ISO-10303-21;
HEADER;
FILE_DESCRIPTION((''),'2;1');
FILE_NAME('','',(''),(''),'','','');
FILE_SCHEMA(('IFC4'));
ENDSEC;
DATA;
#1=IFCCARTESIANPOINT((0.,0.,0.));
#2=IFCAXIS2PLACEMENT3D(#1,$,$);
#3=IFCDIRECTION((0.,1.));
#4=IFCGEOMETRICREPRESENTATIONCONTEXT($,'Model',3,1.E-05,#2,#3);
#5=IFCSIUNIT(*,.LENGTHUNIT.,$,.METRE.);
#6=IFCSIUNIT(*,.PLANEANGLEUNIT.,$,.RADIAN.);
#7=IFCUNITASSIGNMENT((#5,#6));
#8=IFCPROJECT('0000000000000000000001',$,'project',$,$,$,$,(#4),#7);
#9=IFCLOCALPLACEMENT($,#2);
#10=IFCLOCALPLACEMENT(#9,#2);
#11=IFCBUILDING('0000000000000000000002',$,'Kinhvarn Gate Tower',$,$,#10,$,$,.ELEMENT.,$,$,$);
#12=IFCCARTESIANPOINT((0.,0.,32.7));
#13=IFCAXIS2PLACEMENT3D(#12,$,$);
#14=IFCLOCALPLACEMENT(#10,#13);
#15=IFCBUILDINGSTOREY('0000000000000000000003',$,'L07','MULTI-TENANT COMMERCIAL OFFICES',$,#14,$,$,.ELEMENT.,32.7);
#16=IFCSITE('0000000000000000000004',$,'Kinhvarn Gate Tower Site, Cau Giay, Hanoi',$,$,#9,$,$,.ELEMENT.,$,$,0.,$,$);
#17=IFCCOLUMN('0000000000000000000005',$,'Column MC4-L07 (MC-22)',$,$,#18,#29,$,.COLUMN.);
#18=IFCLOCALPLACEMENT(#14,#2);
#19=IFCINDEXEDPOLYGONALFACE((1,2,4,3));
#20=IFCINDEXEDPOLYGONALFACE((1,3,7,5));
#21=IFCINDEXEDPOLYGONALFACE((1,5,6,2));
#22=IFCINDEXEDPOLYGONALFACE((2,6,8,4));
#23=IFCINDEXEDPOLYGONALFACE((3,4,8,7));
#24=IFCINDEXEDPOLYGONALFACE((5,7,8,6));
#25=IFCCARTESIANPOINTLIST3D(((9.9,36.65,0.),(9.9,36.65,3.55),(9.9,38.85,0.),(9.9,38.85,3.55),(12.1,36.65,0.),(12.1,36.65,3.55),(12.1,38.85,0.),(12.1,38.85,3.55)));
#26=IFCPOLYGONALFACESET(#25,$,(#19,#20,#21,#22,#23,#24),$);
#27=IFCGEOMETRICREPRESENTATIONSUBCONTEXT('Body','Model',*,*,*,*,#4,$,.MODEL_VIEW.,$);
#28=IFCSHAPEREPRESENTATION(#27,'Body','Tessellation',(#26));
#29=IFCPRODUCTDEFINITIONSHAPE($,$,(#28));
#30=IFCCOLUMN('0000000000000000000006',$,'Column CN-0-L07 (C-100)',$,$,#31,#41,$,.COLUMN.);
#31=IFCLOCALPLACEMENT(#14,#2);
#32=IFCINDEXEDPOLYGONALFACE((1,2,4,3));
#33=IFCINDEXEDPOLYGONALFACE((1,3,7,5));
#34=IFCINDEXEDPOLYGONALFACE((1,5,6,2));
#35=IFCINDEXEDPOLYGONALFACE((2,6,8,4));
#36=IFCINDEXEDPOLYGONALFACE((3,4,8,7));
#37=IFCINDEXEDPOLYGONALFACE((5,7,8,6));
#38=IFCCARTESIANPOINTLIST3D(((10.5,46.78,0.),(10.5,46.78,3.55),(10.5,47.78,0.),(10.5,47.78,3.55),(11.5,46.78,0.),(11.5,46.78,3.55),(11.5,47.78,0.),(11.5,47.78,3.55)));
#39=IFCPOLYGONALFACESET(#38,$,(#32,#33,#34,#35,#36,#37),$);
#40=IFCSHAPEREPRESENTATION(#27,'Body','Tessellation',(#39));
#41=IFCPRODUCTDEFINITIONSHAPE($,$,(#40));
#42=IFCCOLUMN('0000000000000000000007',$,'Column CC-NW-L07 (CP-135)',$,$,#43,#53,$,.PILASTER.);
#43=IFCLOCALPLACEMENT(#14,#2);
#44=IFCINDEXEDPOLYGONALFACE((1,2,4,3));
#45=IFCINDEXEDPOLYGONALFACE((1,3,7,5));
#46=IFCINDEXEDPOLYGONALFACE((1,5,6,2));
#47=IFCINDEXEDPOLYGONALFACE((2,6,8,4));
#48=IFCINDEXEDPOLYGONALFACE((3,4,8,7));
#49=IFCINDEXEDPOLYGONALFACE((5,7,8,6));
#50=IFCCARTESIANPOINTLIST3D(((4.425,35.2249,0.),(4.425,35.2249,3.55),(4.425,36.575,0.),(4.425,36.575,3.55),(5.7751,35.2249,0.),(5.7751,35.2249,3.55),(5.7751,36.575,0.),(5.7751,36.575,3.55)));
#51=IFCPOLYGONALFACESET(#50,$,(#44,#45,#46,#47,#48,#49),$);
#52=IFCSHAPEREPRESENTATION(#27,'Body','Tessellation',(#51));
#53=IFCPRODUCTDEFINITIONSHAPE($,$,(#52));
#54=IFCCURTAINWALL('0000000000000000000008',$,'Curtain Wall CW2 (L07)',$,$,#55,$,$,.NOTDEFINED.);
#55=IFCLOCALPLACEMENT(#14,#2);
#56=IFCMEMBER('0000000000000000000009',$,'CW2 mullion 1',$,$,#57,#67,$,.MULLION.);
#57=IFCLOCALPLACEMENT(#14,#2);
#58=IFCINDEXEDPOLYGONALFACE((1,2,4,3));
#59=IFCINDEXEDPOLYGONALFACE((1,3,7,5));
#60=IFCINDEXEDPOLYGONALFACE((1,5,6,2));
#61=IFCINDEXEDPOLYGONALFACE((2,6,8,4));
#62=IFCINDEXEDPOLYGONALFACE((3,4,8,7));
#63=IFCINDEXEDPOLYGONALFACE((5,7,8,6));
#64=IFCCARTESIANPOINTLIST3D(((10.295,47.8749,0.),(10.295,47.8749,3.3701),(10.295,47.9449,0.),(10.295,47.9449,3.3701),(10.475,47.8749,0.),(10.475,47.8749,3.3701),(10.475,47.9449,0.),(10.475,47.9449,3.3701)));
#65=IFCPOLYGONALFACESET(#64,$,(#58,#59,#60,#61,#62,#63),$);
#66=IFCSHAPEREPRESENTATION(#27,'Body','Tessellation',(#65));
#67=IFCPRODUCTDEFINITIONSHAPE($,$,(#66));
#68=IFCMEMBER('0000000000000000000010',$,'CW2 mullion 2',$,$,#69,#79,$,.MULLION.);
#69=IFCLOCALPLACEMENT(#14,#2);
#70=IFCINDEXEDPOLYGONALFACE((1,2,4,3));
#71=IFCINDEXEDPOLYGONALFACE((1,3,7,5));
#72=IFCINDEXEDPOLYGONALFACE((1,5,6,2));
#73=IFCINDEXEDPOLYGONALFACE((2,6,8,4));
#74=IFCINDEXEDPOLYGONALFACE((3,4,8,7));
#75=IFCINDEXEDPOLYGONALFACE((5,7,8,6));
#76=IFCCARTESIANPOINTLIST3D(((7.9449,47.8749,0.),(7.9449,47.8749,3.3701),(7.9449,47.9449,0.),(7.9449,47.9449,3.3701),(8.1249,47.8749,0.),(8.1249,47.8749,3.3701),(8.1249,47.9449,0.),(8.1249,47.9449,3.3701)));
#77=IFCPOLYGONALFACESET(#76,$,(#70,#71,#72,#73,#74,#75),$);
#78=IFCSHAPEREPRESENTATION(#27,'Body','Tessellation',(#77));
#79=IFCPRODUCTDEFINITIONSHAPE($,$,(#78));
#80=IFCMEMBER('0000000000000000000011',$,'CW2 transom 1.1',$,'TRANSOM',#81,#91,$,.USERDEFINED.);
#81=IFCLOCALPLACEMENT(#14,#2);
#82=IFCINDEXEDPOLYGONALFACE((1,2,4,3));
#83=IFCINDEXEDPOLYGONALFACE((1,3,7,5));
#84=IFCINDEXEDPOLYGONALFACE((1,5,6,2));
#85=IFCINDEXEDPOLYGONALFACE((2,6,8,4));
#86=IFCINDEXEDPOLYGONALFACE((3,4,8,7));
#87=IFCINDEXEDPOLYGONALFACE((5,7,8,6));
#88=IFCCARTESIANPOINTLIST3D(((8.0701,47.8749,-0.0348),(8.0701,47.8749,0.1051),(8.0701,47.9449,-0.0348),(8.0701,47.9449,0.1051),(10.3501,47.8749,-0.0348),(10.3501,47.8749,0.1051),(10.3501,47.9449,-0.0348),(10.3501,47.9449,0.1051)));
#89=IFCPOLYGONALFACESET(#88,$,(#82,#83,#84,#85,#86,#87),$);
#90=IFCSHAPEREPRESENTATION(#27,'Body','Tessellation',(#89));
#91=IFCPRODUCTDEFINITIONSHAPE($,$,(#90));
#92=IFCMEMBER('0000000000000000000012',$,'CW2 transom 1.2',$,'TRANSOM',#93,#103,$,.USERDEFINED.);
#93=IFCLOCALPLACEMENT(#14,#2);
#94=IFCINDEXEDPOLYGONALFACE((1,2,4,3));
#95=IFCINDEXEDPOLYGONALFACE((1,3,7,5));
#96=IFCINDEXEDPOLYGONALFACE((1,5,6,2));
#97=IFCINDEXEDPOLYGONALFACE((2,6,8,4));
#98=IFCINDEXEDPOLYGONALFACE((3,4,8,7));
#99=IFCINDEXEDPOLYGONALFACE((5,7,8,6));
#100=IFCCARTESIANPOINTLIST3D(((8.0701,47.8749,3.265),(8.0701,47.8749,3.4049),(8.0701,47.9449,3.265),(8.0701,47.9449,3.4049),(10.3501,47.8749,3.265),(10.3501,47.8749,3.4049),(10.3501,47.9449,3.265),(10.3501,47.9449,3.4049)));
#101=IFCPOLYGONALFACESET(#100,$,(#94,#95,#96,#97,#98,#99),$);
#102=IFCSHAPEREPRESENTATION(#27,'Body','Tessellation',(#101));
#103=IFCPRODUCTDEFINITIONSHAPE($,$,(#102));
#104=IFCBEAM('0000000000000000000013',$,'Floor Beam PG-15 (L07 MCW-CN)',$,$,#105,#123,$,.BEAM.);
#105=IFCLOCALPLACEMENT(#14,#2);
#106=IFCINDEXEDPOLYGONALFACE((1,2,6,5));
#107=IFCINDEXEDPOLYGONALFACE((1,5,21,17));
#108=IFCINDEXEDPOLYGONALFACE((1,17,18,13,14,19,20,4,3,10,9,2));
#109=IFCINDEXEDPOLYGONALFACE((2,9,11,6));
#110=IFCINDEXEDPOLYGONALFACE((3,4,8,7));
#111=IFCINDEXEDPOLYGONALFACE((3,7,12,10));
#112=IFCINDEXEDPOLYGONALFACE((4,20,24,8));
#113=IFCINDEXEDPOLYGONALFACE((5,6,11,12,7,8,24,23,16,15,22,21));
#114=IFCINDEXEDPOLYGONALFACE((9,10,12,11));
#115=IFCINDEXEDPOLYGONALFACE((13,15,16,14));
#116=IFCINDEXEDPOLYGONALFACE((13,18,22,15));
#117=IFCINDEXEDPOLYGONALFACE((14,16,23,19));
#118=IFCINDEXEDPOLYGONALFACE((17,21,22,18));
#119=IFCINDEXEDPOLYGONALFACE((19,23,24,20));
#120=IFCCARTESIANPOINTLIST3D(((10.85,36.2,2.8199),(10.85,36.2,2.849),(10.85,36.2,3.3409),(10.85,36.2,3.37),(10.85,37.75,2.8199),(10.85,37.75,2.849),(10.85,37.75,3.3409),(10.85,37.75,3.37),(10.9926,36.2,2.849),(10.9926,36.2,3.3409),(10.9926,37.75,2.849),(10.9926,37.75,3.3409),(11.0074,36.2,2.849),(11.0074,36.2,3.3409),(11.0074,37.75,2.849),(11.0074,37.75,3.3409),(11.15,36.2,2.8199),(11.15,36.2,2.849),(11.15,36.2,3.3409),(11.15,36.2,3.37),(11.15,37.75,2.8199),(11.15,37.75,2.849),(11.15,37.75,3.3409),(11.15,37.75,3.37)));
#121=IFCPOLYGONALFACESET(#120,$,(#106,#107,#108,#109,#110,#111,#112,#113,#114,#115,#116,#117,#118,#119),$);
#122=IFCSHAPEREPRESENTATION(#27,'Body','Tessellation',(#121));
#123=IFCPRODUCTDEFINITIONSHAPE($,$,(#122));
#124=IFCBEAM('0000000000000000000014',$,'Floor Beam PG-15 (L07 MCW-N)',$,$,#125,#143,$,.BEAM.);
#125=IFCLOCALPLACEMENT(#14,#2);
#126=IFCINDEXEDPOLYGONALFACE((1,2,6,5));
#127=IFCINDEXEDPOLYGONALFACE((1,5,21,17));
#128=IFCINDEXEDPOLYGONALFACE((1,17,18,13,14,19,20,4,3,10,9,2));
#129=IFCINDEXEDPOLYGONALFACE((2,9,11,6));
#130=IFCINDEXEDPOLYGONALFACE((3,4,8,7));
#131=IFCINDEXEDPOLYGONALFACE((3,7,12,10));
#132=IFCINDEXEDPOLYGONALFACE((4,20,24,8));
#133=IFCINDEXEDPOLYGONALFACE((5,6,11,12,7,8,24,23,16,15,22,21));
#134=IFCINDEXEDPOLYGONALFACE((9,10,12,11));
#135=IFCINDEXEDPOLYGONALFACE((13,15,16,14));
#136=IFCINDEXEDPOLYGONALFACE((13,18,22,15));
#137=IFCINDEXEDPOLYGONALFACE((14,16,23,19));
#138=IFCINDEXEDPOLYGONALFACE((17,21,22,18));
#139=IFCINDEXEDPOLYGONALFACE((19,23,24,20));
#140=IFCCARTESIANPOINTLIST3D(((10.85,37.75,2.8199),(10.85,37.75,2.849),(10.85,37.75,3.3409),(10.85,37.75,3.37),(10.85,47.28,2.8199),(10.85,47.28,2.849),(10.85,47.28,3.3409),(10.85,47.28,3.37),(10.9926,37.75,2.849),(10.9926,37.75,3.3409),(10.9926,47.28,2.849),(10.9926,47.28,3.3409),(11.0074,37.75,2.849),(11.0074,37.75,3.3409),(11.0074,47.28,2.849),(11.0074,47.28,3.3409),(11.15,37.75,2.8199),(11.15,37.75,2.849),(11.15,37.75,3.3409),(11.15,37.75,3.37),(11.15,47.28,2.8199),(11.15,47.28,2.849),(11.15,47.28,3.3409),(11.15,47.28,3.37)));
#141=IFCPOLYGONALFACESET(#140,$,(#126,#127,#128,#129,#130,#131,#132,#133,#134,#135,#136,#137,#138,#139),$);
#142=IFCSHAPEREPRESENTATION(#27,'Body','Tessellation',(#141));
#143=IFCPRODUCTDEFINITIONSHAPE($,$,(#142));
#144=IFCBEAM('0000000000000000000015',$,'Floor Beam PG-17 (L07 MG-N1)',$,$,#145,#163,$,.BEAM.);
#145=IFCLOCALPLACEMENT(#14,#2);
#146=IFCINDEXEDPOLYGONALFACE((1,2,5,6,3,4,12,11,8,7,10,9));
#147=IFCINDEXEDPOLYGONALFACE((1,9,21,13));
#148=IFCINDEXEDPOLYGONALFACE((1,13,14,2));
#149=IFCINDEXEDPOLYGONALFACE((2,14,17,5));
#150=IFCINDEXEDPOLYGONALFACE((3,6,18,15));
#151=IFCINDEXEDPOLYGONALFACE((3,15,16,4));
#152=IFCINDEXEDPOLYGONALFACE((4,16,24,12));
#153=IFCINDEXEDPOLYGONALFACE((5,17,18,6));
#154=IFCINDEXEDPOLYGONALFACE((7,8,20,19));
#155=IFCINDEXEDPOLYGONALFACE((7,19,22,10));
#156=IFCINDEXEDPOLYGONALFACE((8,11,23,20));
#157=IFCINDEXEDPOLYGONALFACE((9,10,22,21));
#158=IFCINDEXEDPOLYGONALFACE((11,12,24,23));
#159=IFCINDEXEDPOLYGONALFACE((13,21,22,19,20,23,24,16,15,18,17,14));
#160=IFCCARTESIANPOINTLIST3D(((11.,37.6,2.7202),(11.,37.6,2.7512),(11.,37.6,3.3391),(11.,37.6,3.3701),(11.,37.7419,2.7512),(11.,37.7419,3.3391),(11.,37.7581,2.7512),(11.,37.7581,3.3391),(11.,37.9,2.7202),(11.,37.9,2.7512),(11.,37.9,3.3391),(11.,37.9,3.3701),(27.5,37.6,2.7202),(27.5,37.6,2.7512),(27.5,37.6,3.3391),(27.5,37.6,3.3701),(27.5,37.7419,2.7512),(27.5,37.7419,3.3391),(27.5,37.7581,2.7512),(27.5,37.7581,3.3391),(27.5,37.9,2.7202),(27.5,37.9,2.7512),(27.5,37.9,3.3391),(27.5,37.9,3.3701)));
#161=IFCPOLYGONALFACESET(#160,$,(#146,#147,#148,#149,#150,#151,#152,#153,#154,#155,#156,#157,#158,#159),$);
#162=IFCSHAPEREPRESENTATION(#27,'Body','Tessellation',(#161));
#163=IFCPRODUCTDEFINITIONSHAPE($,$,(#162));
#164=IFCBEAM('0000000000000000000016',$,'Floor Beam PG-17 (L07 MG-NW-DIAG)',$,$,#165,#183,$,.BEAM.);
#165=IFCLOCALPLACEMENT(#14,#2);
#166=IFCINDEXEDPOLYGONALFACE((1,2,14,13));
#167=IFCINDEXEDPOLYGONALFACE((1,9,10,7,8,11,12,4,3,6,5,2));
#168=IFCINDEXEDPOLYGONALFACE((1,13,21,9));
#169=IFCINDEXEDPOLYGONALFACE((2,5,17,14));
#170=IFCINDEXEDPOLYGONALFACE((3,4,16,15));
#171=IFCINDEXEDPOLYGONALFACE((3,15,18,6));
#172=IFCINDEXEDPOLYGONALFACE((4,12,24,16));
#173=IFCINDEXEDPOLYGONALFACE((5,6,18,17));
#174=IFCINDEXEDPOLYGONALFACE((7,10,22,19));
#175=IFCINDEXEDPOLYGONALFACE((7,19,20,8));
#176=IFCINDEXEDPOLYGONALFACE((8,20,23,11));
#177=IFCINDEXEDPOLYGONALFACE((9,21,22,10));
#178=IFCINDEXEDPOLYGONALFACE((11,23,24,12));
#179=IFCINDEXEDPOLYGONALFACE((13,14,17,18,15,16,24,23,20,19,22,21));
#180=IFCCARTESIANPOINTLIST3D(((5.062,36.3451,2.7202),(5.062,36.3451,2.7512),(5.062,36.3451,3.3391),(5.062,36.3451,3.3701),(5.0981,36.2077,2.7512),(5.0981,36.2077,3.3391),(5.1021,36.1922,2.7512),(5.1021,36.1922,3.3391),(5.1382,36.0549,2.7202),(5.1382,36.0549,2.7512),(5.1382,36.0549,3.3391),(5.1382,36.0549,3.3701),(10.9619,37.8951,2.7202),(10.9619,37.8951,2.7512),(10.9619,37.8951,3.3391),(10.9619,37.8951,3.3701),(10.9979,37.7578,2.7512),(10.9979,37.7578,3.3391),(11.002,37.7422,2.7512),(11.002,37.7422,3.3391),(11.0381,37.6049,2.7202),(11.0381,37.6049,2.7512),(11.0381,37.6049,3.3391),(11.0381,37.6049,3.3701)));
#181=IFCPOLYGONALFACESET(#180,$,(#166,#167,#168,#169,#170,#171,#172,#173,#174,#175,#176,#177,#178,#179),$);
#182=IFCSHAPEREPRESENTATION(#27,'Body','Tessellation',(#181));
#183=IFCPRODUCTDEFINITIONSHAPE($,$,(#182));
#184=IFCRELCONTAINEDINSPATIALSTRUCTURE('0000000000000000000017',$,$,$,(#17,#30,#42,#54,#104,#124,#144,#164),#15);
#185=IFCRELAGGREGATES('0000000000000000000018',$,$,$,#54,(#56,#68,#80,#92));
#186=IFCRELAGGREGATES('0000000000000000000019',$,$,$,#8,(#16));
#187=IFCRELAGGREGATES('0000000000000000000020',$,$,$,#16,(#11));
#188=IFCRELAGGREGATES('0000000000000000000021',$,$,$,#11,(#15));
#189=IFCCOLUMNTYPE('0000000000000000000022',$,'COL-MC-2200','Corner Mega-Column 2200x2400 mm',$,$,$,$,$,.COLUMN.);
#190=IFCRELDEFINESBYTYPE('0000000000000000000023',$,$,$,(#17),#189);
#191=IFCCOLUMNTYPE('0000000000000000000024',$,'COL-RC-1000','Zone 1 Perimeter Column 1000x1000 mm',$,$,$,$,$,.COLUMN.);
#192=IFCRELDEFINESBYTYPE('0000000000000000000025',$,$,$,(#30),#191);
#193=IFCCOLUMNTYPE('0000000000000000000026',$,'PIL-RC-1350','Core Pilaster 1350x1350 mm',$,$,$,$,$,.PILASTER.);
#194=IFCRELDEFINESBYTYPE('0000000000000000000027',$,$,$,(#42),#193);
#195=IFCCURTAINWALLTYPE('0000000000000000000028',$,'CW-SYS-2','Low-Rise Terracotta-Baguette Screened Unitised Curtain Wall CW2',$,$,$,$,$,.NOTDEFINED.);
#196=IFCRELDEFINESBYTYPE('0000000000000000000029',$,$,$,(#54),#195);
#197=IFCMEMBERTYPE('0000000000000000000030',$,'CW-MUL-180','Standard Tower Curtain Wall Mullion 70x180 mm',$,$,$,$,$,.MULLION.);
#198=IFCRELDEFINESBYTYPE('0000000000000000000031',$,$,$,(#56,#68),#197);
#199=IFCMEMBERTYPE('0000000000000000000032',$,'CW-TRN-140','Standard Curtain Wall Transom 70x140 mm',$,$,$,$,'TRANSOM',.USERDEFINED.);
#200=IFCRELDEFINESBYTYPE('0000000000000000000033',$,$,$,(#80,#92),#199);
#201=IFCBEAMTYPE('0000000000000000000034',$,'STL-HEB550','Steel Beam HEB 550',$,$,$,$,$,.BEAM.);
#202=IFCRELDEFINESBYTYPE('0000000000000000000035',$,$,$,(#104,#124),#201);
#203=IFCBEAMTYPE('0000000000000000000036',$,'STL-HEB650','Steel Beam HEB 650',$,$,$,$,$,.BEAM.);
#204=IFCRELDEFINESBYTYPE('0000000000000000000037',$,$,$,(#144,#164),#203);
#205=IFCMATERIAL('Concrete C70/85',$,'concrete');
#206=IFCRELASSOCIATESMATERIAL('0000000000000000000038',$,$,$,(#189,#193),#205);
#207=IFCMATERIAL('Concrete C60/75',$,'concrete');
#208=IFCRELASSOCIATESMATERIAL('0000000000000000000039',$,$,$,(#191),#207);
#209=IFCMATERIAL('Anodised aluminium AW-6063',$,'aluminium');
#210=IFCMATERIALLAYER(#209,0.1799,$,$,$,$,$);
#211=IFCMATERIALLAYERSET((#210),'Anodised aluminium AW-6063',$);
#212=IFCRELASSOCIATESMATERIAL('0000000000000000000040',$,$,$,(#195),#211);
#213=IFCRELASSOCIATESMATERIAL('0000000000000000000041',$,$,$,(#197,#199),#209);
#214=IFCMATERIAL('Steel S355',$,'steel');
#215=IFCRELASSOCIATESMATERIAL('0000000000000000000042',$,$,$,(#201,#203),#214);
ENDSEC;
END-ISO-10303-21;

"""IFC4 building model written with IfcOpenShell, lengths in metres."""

from ifc_helpers import new_model, si_unit, direction, frame, origin, origin_2d, place, context, subcontext, project, spatial, rectangle, i_section, extrude, material, layer, layer_set, material_profile, profile_set, type_object, element, aggregate, save


model = new_model("IFC4")

# Units and contexts
model_context = context("Model", 3, precision=1e-05, world=origin(), true_north=direction((0.0, 1.0)))
body_context = subcontext(model_context, "Body", "Model", "MODEL_VIEW")
ifc_project = project(units=[si_unit("LENGTHUNIT", "METRE"), si_unit("PLANEANGLEUNIT", "RADIAN")], contexts=[model_context])

# Site, building, storey
site_placement = place(None, origin())
site = spatial("IfcSite", under=ifc_project, at=site_placement, Name="Kinhvarn Gate Tower Site, Cau Giay, Hanoi", CompositionType="ELEMENT", RefElevation=0.0)
building_placement = place(site_placement, origin())
building = spatial("IfcBuilding", under=site, at=building_placement, Name="Kinhvarn Gate Tower", CompositionType="ELEMENT")
storey_placement = place(building_placement, frame((0.0, 0.0, 32.7)))
storey = spatial("IfcBuildingStorey", under=building, at=storey_placement, Name="L07", Description="MULTI-TENANT COMMERCIAL OFFICES", CompositionType="ELEMENT", Elevation=32.7)

# Columns
ifc_material_1 = material(Name="Concrete C70/85", Category="concrete")
ifc_material_profile_1 = material_profile(ifc_material_1, rectangle(XDim=2.2, YDim=2.2, at=origin_2d()), Name="RC 2200x2200")
ifc_profile_set_1 = profile_set([ifc_material_profile_1], Name="Concrete C70/85")
column_type_1 = type_object("IfcColumnType", Name="COL-MC-2200", Description="Corner Mega-Column 2200x2400 mm", PredefinedType="COLUMN", material=ifc_profile_set_1)
column_1_placement = place(storey_placement, frame((11.0, 37.75, 0.0), z_axis=(0.0, 0.0, 1.0), x_axis=(1.0, 0.0, 0.0)))
element("IfcColumn", 1, at=column_1_placement, inside=storey, type_object=column_type_1, Name="Column MC4-L07 (MC-22)", PredefinedType="COLUMN", context=body_context, shape_type="SweptSolid", body=[
    extrude(rectangle(XDim=2.2, YDim=2.2, at=origin_2d()), origin(), (0.0, 0.0, 1.0), 3.55),
])
ifc_material_2 = material(Name="Concrete C60/75", Category="concrete")
ifc_material_profile_2 = material_profile(ifc_material_2, rectangle(XDim=1.0, YDim=1.0, at=origin_2d()), Name="RC 1000x1000")
ifc_profile_set_2 = profile_set([ifc_material_profile_2], Name="Concrete C60/75")
column_type_2 = type_object("IfcColumnType", Name="COL-RC-1000", Description="Zone 1 Perimeter Column 1000x1000 mm", PredefinedType="COLUMN", material=ifc_profile_set_2)
column_2_placement = place(storey_placement, frame((11.0, 47.28, 0.0), z_axis=(0.0, 0.0, 1.0), x_axis=(1.0, 0.0, 0.0)))
element("IfcColumn", 2, at=column_2_placement, inside=storey, type_object=column_type_2, Name="Column CN-0-L07 (C-100)", PredefinedType="COLUMN", context=body_context, shape_type="SweptSolid", body=[
    extrude(rectangle(XDim=1.0, YDim=1.0, at=origin_2d()), origin(), (0.0, 0.0, 1.0), 3.55),
])
ifc_material_profile_3 = material_profile(ifc_material_1, rectangle(XDim=1.3501, YDim=1.3501, at=origin_2d()), Name="RC 1350x1350")
ifc_profile_set_3 = profile_set([ifc_material_profile_3], Name="Concrete C70/85")
column_type_3 = type_object("IfcColumnType", Name="PIL-RC-1350", Description="Core Pilaster 1350x1350 mm", PredefinedType="PILASTER", material=ifc_profile_set_3)
column_3_placement = place(storey_placement, frame((5.1001, 35.8999, 0.0), z_axis=(0.0, 0.0, 1.0), x_axis=(1.0, 0.0, 0.0)))
element("IfcColumn", 3, at=column_3_placement, inside=storey, type_object=column_type_3, Name="Column CC-NW-L07 (CP-135)", PredefinedType="PILASTER", context=body_context, shape_type="SweptSolid", body=[
    extrude(rectangle(XDim=1.3501, YDim=1.3501, at=origin_2d()), origin(), (0.0, 0.0, 1.0), 3.55),
])

# Curtain wall, members
ifc_material_3 = material(Name="Anodised aluminium AW-6063", Category="aluminium")
ifc_layer_1 = layer(ifc_material_3, 0.1799)
ifc_layer_set_1 = layer_set([ifc_layer_1], Name="Anodised aluminium AW-6063")
curtain_wall_type = type_object("IfcCurtainWallType", Name="CW-SYS-2", Description="Low-Rise Terracotta-Baguette Screened Unitised Curtain Wall CW2", PredefinedType="NOTDEFINED", material=ifc_layer_set_1)
curtain_wall_placement = place(storey_placement, origin())
curtain_wall = element("IfcCurtainWall", 4, at=curtain_wall_placement, inside=storey, type_object=curtain_wall_type, Name="Curtain Wall CW2 (L07)", PredefinedType="NOTDEFINED")
ifc_material_profile_4 = material_profile(ifc_material_3, rectangle(XDim=0.0701, YDim=0.1799, at=origin_2d()), Name="ALU 70x180")
ifc_profile_set_4 = profile_set([ifc_material_profile_4], Name="Anodised aluminium AW-6063")
member_type_1 = type_object("IfcMemberType", Name="CW-MUL-180", Description="Standard Tower Curtain Wall Mullion 70x180 mm", PredefinedType="MULLION", material=ifc_profile_set_4)
member_1_placement = place(storey_placement, frame((10.385, 47.9099, 0.0), z_axis=(0.0, 0.0, 1.0), x_axis=(0.0, -1.0, 0.0)))
member_1 = element("IfcMember", 5, at=member_1_placement, type_object=member_type_1, Name="CW2 mullion 1", PredefinedType="MULLION", context=body_context, shape_type="SweptSolid", body=[
    extrude(rectangle(XDim=0.0701, YDim=0.1799, at=origin_2d()), origin(), (0.0, 0.0, 1.0), 3.3701),
])
member_2_placement = place(storey_placement, frame((8.0349, 47.9099, 0.0), z_axis=(0.0, 0.0, 1.0), x_axis=(0.0, -1.0, 0.0)))
member_2 = element("IfcMember", 6, at=member_2_placement, type_object=member_type_1, Name="CW2 mullion 2", PredefinedType="MULLION", context=body_context, shape_type="SweptSolid", body=[
    extrude(rectangle(XDim=0.0701, YDim=0.1799, at=origin_2d()), origin(), (0.0, 0.0, 1.0), 3.3701),
])
ifc_material_profile_5 = material_profile(ifc_material_3, rectangle(XDim=0.0701, YDim=0.1399, at=origin_2d()), Name="ALU 70x140")
ifc_profile_set_5 = profile_set([ifc_material_profile_5], Name="Anodised aluminium AW-6063")
member_type_2 = type_object("IfcMemberType", Name="CW-TRN-140", Description="Standard Curtain Wall Transom 70x140 mm", ElementType="TRANSOM", PredefinedType="USERDEFINED", material=ifc_profile_set_5)
member_3_placement = place(storey_placement, frame((10.3501, 47.9099, 0.0352), z_axis=(-1.0, 0.0, 0.0), x_axis=(0.0, -1.0, 0.0)))
member_3 = element("IfcMember", 7, at=member_3_placement, type_object=member_type_2, Name="CW2 transom 1.1", ObjectType="TRANSOM", PredefinedType="USERDEFINED", context=body_context, shape_type="SweptSolid", body=[
    extrude(rectangle(XDim=0.0701, YDim=0.1399, at=origin_2d()), origin(), (0.0, 0.0, 1.0), 2.28),
])
member_4_placement = place(storey_placement, frame((10.3501, 47.9099, 3.335), z_axis=(-1.0, 0.0, 0.0), x_axis=(0.0, -1.0, 0.0)))
member_4 = element("IfcMember", 8, at=member_4_placement, type_object=member_type_2, Name="CW2 transom 1.2", ObjectType="TRANSOM", PredefinedType="USERDEFINED", context=body_context, shape_type="SweptSolid", body=[
    extrude(rectangle(XDim=0.0701, YDim=0.1399, at=origin_2d()), origin(), (0.0, 0.0, 1.0), 2.28),
])

# Beams
ifc_material_4 = material(Name="Steel S355", Category="steel")
ifc_material_profile_6 = material_profile(ifc_material_4, i_section(OverallWidth=0.3, OverallDepth=0.55, WebThickness=0.0149, FlangeThickness=0.0291, at=origin_2d()), Name="HEB 550")
ifc_profile_set_6 = profile_set([ifc_material_profile_6], Name="Steel S355")
beam_type_1 = type_object("IfcBeamType", Name="STL-HEB550", Description="Steel Beam HEB 550", PredefinedType="BEAM", material=ifc_profile_set_6)
beam_1_placement = place(storey_placement, frame((11.0, 36.2, 3.095), z_axis=(0.0, 1.0, 0.0), x_axis=(-1.0, 0.0, 0.0)))
element("IfcBeam", 9, at=beam_1_placement, inside=storey, type_object=beam_type_1, Name="Floor Beam PG-15 (L07 MCW-CN)", PredefinedType="BEAM", context=body_context, shape_type="SweptSolid", body=[
    extrude(i_section(OverallWidth=0.3, OverallDepth=0.55, WebThickness=0.0149, FlangeThickness=0.0291, at=origin_2d()), origin(), (0.0, 0.0, 1.0), 1.55),
])
beam_2_placement = place(storey_placement, frame((11.0, 37.75, 3.095), z_axis=(0.0, 1.0, 0.0), x_axis=(-1.0, 0.0, 0.0)))
element("IfcBeam", 10, at=beam_2_placement, inside=storey, type_object=beam_type_1, Name="Floor Beam PG-15 (L07 MCW-N)", PredefinedType="BEAM", context=body_context, shape_type="SweptSolid", body=[
    extrude(i_section(OverallWidth=0.3, OverallDepth=0.55, WebThickness=0.0149, FlangeThickness=0.0291, at=origin_2d()), origin(), (0.0, 0.0, 1.0), 9.53),
])
ifc_material_profile_7 = material_profile(ifc_material_4, i_section(OverallWidth=0.3, OverallDepth=0.6499, WebThickness=0.0161, FlangeThickness=0.031, at=origin_2d()), Name="HEB 650")
ifc_profile_set_7 = profile_set([ifc_material_profile_7], Name="Steel S355")
beam_type_2 = type_object("IfcBeamType", Name="STL-HEB650", Description="Steel Beam HEB 650", PredefinedType="BEAM", material=ifc_profile_set_7)
beam_3_placement = place(storey_placement, frame((11.0, 37.75, 3.0452), z_axis=(1.0, 0.0, 0.0), x_axis=(0.0, 1.0, 0.0)))
element("IfcBeam", 11, at=beam_3_placement, inside=storey, type_object=beam_type_2, Name="Floor Beam PG-17 (L07 MG-N1)", PredefinedType="BEAM", context=body_context, shape_type="SweptSolid", body=[
    extrude(i_section(OverallWidth=0.3, OverallDepth=0.6499, WebThickness=0.0161, FlangeThickness=0.031, at=origin_2d()), origin(), (0.0, 0.0, 1.0), 16.5),
])
beam_4_placement = place(storey_placement, frame((5.1001, 36.2, 3.0452), z_axis=(0.967178, 0.254101, 0.0), x_axis=(-0.254101, 0.967178, 0.0)))
element("IfcBeam", 12, at=beam_4_placement, inside=storey, type_object=beam_type_2, Name="Floor Beam PG-17 (L07 MG-NW-DIAG)", PredefinedType="BEAM", context=body_context, shape_type="SweptSolid", body=[
    extrude(i_section(OverallWidth=0.3, OverallDepth=0.6499, WebThickness=0.0161, FlangeThickness=0.031, at=origin_2d()), origin(), (0.0, 0.0, 1.0), 6.1001),
])

aggregate(curtain_wall, [member_1, member_2, member_3, member_4])

save(model, "model.ifc")
